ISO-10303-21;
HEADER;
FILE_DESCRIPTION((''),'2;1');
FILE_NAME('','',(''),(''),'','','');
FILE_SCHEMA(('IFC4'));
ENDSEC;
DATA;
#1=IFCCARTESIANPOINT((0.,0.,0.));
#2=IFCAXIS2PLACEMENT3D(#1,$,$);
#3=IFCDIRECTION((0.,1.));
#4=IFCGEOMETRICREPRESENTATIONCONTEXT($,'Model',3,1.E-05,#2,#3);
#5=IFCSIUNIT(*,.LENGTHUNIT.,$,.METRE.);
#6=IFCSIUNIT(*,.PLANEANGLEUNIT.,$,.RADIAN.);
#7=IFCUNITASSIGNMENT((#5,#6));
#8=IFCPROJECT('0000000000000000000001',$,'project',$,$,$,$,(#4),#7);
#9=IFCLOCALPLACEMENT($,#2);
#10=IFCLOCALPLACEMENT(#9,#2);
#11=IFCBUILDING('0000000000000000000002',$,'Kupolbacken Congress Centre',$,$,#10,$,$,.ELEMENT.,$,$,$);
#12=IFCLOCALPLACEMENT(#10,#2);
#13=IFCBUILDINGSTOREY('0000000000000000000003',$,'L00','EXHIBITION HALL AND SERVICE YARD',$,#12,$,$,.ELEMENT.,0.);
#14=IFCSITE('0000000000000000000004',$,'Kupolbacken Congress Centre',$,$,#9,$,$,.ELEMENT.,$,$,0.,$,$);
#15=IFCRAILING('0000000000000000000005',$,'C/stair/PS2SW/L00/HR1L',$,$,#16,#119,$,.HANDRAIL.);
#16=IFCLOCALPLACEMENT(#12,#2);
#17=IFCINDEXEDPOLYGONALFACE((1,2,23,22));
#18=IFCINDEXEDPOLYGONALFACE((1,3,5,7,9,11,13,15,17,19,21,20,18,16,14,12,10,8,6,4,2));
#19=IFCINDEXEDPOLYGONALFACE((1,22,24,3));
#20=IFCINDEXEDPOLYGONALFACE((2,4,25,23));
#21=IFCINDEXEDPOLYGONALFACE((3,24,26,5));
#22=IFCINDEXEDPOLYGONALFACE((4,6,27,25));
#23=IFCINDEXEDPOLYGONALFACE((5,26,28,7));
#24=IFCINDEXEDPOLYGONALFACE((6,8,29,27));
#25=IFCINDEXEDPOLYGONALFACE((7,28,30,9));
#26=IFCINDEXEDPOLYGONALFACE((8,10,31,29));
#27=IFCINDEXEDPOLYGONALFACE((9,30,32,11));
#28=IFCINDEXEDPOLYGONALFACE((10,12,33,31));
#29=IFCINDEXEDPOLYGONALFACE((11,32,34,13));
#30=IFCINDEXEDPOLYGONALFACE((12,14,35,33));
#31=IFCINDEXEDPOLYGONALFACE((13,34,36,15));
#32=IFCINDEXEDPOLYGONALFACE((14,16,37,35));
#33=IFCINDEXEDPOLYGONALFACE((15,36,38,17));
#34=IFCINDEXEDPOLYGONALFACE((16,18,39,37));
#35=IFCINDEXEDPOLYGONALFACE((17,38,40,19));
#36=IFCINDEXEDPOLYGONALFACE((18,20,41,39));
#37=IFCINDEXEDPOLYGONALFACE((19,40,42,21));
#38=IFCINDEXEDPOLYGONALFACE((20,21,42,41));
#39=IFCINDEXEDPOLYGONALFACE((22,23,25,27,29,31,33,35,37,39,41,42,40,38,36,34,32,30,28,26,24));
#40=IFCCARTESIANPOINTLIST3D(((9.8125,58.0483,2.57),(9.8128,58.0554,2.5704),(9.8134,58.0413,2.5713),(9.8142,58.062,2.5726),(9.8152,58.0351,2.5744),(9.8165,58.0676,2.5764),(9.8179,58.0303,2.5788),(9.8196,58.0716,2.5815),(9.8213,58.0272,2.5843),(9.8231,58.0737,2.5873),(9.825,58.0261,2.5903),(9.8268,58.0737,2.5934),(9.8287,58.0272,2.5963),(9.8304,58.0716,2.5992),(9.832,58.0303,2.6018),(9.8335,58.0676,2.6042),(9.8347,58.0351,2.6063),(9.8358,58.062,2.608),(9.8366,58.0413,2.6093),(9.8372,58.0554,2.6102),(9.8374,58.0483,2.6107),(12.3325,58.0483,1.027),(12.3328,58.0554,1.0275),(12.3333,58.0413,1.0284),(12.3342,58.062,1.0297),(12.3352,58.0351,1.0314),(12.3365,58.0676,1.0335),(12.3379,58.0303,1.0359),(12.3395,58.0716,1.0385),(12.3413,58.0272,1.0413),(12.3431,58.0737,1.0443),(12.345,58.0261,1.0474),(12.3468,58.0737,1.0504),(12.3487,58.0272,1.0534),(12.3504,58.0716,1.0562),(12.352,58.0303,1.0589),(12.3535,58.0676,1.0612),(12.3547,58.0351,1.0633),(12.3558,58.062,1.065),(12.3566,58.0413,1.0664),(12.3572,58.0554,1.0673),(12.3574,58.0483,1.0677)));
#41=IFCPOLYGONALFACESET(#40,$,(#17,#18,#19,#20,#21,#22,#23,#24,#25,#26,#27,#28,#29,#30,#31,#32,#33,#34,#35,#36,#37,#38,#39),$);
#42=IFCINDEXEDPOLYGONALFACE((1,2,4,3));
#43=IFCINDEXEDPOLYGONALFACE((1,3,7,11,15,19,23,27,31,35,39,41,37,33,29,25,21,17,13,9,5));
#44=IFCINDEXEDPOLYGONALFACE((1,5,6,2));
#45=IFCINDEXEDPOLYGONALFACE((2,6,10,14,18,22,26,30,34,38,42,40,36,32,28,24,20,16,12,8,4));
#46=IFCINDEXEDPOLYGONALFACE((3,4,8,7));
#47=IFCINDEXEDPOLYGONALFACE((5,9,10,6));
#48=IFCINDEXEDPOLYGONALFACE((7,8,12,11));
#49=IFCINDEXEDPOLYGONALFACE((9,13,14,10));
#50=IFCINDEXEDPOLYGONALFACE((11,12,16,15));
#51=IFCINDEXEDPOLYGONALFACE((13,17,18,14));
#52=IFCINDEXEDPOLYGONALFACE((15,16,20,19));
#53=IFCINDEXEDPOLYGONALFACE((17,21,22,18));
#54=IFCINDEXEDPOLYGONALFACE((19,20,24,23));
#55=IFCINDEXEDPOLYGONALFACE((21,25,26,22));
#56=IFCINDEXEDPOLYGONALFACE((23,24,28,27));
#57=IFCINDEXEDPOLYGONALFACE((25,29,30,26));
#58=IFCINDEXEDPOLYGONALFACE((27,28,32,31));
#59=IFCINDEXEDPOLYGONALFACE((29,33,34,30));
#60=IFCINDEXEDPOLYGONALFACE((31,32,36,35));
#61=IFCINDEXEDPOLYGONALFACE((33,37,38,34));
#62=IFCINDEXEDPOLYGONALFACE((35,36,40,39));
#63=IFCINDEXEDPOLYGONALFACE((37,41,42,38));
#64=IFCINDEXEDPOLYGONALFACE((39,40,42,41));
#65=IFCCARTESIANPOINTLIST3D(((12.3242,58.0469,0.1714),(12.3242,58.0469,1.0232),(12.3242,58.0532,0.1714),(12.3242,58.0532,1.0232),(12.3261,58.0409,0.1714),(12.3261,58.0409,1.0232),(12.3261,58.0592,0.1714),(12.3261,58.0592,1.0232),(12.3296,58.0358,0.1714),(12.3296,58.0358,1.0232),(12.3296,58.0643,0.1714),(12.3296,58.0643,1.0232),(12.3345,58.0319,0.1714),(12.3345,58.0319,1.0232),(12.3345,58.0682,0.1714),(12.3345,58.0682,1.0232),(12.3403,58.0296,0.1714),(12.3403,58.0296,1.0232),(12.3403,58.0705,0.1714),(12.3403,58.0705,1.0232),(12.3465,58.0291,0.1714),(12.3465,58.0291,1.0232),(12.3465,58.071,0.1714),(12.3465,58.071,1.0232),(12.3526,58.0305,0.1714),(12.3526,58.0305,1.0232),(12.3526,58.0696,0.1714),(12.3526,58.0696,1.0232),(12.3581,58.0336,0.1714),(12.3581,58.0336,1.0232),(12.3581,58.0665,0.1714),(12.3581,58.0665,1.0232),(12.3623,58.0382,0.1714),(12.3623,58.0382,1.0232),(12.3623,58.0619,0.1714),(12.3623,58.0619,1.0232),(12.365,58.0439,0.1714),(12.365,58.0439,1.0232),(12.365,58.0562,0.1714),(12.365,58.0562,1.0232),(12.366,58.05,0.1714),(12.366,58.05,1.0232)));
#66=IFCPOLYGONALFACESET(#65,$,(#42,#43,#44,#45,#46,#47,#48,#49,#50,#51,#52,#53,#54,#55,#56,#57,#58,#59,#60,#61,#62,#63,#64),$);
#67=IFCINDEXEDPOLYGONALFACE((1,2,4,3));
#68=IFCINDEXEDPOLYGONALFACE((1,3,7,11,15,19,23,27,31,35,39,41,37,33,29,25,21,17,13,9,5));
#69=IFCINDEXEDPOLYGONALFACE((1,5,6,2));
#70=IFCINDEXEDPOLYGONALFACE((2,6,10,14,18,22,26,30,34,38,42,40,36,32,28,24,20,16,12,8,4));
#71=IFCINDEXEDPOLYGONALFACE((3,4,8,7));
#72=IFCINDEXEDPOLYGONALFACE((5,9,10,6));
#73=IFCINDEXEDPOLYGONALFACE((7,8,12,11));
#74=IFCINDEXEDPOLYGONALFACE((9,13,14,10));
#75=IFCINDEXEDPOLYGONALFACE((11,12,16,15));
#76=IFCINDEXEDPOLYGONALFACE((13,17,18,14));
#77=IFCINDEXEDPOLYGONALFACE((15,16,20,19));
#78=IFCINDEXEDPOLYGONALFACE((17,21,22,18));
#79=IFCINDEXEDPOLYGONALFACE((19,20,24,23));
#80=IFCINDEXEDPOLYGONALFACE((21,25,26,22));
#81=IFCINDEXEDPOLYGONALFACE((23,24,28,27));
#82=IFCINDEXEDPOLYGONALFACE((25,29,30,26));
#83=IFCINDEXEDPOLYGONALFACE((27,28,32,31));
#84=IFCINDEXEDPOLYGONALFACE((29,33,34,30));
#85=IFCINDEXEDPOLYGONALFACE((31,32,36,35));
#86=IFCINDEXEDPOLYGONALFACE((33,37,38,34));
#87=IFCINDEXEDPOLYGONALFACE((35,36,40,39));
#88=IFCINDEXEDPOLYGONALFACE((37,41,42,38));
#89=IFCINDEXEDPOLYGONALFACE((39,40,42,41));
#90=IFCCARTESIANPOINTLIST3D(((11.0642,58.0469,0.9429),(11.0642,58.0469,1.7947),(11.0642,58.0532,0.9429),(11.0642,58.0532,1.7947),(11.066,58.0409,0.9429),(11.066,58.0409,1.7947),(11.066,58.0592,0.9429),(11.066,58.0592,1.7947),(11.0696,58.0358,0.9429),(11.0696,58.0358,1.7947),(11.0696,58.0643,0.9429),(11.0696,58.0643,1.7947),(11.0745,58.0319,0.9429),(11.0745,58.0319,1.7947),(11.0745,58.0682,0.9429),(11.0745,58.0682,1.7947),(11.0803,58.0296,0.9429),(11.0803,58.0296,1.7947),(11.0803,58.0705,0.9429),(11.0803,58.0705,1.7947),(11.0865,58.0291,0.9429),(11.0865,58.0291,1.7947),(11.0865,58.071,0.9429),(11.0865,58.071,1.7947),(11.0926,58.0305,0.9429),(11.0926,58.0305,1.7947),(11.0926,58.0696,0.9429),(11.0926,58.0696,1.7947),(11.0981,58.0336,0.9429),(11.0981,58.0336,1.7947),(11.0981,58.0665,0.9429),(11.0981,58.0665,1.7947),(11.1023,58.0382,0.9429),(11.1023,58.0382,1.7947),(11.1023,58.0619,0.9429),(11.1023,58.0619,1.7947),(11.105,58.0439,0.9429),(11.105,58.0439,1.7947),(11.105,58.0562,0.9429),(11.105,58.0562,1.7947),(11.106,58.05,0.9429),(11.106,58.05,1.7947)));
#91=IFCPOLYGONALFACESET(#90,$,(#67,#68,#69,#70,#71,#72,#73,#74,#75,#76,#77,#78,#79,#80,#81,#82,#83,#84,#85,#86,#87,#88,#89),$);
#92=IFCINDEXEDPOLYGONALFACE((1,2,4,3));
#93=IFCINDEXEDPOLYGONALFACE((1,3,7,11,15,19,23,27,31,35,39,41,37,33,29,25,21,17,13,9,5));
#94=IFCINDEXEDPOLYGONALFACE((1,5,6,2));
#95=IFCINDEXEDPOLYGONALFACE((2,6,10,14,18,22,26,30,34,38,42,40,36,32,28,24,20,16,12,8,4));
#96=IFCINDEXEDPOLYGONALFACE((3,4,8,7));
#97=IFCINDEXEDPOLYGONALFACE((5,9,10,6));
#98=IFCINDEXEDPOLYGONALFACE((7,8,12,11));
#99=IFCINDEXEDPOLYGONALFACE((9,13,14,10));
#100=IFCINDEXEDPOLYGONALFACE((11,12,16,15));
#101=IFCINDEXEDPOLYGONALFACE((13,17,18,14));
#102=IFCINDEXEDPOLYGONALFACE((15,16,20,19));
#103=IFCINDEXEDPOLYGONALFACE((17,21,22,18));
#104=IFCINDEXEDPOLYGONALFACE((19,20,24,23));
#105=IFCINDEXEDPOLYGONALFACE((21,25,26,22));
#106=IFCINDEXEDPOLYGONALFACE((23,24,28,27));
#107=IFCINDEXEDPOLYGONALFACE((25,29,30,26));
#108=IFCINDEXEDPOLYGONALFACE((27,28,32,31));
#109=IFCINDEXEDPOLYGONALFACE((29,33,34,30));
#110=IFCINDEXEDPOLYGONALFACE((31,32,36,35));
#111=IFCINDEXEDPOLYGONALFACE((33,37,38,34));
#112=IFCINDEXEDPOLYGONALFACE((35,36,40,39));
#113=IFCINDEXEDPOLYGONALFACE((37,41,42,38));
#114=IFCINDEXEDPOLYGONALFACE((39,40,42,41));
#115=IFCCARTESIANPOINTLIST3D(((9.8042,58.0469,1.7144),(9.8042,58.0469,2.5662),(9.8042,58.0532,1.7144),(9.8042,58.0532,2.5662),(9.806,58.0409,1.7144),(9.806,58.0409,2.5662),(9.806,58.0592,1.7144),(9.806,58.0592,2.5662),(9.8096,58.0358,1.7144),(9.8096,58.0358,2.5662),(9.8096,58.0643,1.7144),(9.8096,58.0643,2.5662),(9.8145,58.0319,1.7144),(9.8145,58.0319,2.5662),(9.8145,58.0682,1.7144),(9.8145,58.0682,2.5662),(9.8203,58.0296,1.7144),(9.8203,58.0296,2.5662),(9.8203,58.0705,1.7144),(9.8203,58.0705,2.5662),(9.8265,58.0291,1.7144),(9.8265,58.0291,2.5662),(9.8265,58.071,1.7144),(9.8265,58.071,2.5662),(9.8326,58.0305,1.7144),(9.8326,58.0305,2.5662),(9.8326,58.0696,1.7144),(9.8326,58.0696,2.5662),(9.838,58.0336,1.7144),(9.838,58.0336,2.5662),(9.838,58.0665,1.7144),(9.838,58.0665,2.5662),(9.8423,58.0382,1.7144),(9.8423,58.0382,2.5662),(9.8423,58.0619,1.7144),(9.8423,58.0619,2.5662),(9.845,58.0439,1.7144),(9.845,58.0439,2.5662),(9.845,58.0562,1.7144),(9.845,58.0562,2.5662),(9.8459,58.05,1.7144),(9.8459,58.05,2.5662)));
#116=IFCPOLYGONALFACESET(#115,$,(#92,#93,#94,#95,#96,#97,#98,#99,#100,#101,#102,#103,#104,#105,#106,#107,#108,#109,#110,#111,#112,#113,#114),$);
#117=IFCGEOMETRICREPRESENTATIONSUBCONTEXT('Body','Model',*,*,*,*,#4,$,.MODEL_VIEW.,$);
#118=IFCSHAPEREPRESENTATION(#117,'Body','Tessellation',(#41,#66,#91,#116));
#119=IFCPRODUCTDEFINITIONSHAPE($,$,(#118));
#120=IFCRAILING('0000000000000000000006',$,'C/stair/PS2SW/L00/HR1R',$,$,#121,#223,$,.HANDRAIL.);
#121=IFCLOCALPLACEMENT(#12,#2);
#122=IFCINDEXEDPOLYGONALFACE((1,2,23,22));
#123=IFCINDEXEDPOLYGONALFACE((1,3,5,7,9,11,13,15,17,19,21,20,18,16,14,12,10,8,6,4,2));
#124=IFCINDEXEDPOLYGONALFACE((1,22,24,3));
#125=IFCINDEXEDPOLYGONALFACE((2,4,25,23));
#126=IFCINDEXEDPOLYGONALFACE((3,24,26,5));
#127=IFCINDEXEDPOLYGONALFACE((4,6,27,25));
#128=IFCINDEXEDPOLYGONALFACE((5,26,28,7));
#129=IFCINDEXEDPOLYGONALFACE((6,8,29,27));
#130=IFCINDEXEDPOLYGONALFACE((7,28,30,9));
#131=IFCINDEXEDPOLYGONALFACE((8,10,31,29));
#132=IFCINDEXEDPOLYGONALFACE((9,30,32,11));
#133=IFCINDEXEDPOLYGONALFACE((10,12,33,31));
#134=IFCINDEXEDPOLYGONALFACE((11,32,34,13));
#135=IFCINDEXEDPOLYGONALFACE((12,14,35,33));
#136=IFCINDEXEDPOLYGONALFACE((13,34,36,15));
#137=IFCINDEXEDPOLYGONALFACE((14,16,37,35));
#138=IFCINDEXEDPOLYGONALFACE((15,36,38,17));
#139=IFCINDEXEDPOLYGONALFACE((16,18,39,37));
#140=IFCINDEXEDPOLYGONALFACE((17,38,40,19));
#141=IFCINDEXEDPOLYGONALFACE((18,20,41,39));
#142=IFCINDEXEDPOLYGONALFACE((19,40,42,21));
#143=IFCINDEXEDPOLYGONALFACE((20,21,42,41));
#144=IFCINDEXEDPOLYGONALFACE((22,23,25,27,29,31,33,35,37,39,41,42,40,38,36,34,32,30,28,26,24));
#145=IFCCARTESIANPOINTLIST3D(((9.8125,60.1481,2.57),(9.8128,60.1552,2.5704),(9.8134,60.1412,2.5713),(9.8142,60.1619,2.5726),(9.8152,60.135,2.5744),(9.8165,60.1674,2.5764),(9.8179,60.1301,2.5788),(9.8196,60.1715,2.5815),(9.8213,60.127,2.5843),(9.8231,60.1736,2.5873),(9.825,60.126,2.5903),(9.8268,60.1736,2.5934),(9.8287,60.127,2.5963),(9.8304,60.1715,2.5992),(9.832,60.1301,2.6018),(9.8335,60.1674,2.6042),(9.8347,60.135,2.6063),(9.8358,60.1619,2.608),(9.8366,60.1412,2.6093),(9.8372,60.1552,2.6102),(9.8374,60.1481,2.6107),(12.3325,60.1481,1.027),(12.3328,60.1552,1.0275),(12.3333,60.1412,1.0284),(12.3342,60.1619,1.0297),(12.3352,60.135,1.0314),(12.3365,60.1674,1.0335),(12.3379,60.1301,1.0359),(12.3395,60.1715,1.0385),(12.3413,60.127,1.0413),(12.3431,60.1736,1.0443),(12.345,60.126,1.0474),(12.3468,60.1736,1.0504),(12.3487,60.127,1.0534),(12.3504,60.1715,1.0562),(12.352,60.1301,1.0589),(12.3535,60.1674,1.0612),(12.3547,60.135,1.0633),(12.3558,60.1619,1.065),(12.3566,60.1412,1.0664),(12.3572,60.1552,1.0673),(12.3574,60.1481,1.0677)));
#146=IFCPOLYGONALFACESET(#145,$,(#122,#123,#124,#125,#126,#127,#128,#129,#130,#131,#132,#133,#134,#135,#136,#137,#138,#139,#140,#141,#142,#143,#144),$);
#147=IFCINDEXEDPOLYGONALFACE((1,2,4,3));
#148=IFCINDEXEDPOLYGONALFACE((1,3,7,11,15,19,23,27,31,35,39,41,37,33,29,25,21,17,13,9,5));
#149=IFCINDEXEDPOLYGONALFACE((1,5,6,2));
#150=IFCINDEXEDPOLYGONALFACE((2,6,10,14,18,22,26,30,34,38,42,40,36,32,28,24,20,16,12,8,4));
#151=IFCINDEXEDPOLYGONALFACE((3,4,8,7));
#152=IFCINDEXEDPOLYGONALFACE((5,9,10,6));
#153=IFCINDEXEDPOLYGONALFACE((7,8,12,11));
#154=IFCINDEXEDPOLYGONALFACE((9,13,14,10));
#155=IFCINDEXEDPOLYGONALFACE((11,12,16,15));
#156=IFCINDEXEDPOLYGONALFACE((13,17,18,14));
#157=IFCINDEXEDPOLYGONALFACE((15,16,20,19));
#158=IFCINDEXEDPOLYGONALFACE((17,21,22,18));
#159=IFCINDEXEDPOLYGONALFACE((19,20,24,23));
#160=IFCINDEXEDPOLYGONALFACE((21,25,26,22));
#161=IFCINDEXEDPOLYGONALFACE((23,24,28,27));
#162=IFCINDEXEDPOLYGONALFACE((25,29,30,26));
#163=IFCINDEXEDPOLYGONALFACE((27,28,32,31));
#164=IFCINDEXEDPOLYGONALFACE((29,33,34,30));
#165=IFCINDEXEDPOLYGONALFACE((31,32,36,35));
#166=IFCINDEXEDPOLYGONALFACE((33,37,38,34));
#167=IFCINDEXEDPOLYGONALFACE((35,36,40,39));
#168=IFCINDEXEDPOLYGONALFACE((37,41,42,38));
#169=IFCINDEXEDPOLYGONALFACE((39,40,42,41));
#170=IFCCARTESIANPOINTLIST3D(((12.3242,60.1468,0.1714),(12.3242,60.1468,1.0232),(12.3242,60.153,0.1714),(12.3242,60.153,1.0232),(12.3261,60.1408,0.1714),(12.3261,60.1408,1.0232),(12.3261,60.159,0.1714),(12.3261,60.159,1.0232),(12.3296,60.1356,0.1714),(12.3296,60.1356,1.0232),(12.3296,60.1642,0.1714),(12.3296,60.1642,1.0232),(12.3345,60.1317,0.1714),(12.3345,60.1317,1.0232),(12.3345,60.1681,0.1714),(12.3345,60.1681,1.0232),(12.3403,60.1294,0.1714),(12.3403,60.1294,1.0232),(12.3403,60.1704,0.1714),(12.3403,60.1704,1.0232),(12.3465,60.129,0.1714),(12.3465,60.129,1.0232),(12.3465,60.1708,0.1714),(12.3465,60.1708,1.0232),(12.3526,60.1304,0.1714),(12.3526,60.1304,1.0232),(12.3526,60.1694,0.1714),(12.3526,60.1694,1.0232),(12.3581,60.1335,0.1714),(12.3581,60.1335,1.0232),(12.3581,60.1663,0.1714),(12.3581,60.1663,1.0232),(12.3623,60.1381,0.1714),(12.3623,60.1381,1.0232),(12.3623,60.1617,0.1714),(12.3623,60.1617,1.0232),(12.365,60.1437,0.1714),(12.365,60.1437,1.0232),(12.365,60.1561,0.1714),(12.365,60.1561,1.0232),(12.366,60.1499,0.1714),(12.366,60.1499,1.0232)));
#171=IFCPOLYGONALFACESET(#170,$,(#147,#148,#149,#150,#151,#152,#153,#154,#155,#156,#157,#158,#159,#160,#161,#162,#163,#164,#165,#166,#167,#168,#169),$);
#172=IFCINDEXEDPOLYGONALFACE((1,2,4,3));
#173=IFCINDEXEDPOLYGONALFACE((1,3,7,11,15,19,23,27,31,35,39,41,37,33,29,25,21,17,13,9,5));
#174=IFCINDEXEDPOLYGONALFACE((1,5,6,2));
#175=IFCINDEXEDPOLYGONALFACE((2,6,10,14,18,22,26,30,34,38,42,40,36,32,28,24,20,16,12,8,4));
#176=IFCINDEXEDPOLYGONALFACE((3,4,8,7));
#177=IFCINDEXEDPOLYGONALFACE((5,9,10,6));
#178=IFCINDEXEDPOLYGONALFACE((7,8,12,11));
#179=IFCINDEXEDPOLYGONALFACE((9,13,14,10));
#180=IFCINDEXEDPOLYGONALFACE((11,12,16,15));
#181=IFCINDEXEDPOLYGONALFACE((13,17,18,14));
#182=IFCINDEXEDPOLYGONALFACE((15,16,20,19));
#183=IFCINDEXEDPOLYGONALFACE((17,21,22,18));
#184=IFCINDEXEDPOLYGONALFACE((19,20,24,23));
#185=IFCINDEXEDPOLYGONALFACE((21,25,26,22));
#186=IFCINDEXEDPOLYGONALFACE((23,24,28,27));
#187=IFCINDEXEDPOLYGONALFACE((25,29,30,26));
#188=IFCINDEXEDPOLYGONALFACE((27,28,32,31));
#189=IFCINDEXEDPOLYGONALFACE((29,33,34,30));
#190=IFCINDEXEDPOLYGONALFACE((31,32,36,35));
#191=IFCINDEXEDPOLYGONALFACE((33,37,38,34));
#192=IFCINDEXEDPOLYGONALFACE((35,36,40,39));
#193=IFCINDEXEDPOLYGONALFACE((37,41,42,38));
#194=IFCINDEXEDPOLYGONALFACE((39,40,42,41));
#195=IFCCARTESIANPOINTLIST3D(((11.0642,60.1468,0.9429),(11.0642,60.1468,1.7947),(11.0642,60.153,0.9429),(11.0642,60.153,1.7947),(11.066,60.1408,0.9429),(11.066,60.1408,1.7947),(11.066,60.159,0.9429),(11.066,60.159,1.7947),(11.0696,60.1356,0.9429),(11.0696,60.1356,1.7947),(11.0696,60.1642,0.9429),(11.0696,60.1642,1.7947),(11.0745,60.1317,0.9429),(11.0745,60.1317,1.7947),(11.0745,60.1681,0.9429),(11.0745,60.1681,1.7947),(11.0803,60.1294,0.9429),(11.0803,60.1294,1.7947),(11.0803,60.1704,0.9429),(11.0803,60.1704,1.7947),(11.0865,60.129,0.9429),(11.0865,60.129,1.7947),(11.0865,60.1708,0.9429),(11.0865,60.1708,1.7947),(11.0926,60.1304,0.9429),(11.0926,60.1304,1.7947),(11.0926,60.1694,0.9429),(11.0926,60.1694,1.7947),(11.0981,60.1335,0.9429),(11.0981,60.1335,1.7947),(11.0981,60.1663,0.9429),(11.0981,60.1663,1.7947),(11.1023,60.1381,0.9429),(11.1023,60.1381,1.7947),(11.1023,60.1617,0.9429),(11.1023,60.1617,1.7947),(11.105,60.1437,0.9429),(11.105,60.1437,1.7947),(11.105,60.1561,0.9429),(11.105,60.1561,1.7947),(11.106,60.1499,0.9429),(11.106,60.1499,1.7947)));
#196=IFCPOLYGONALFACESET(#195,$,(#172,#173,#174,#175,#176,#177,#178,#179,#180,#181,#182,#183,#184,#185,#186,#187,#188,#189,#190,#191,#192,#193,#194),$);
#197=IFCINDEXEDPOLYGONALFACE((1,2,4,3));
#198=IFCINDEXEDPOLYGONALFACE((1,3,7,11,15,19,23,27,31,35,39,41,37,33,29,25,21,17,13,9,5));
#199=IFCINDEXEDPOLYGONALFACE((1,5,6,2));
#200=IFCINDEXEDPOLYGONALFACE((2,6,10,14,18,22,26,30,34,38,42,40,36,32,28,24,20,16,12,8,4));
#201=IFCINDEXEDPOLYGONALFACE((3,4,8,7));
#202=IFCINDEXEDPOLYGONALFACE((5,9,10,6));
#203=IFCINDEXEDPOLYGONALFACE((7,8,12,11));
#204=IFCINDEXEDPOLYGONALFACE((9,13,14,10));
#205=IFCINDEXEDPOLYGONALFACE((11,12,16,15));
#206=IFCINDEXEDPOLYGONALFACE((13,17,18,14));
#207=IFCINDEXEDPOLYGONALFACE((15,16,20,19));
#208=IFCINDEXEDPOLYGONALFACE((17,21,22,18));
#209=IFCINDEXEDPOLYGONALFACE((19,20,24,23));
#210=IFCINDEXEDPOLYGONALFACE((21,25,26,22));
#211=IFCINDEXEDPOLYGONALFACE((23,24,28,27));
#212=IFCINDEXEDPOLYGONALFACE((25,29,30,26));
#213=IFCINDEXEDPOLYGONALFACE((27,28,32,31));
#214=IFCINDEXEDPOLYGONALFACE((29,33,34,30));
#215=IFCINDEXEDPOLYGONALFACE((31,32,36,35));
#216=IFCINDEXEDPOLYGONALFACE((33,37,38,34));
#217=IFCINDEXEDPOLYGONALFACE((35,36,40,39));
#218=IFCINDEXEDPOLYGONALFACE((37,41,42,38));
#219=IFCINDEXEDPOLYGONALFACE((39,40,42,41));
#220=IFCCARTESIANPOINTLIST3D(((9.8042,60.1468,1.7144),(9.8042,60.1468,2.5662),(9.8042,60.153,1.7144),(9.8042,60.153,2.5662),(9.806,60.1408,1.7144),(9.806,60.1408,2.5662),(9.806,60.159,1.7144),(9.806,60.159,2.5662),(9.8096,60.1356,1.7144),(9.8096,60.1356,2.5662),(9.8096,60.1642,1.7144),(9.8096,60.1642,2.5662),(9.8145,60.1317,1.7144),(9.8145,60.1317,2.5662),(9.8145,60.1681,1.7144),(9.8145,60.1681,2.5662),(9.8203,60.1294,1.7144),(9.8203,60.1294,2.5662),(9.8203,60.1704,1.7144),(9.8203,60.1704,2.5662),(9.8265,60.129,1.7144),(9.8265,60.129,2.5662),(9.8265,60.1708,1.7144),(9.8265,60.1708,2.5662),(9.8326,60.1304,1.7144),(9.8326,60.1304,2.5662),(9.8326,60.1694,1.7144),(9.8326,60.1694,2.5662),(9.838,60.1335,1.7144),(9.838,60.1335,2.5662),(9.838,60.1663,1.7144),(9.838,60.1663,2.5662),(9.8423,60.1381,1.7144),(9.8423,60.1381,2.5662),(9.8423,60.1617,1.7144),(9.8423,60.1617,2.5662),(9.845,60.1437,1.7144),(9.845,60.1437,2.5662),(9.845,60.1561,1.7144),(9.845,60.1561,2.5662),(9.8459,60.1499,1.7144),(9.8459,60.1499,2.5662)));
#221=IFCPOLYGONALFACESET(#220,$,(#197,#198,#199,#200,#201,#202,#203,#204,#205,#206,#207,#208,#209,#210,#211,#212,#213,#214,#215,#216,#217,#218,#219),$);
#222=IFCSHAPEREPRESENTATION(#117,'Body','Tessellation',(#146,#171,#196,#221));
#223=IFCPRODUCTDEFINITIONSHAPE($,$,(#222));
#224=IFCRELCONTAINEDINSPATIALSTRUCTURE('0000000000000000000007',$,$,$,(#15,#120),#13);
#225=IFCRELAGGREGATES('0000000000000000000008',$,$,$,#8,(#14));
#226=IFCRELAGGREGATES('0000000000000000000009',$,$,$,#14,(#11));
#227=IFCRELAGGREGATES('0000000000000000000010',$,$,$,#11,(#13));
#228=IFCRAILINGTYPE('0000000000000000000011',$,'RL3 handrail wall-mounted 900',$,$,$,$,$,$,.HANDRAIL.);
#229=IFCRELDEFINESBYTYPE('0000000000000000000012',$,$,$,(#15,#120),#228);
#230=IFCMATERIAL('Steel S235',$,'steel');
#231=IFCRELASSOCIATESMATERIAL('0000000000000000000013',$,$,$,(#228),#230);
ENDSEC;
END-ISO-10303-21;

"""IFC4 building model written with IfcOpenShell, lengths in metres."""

from ifc_helpers import new_model, si_unit, direction, frame, origin, origin_2d, place, context, subcontext, project, spatial, circle, extrude, material, type_object, element, save


model = new_model("IFC4")

# Units and contexts
model_context = context("Model", 3, precision=1e-05, world=origin(), true_north=direction((0.0, 1.0)))
body_context = subcontext(model_context, "Body", "Model", "MODEL_VIEW")
ifc_project = project(units=[si_unit("LENGTHUNIT", "METRE"), si_unit("PLANEANGLEUNIT", "RADIAN")], contexts=[model_context])

# Site, building, storey
site_placement = place(None, origin())
site = spatial("IfcSite", under=ifc_project, at=site_placement, Name="Kupolbacken Congress Centre", CompositionType="ELEMENT", RefElevation=0.0)
building_placement = place(site_placement, origin())
building = spatial("IfcBuilding", under=site, at=building_placement, Name="Kupolbacken Congress Centre", CompositionType="ELEMENT")
storey_placement = place(building_placement, origin())
storey = spatial("IfcBuildingStorey", under=building, at=storey_placement, Name="L00", Description="EXHIBITION HALL AND SERVICE YARD", CompositionType="ELEMENT", Elevation=0.0)

# Railings
ifc_material_1 = material(Name="Steel S235", Category="steel")
railing_type = type_object("IfcRailingType", Name="RL3 handrail wall-mounted 900", PredefinedType="HANDRAIL", material=ifc_material_1)
for number, where, name in (
    (1, (12.345, 58.05, 0.1714), "C/stair/PS2SW/L00/HR1L"),
    (2, (12.345, 60.1499, 0.1714), "C/stair/PS2SW/L00/HR1R"),
):
    element("IfcRailing", number, at=place(storey_placement, frame(where)), inside=storey, type_object=railing_type, Name=name, PredefinedType="HANDRAIL", context=body_context, shape_type="SweptSolid", body=[
        extrude(circle(Radius=0.0239, at=origin_2d()), frame((0.0, 0.0, 0.876), z_axis=(-0.852836, 0.0, 0.522178), x_axis=(0.0, -1.0, 0.0)), (0.0, 0.0, 1.0), 2.9548),
        extrude(circle(Radius=0.021, at=origin_2d()), origin(), (0.0, 0.0, 1.0), 0.8518),
        extrude(circle(Radius=0.021, at=origin_2d()), frame((-1.26, 0.0, 0.7715)), (0.0, 0.0, 1.0), 0.8518),
        extrude(circle(Radius=0.021, at=origin_2d()), frame((-2.52, 0.0, 1.543)), (0.0, 0.0, 1.0), 0.8518),
    ])

save(model, "model.ifc")
